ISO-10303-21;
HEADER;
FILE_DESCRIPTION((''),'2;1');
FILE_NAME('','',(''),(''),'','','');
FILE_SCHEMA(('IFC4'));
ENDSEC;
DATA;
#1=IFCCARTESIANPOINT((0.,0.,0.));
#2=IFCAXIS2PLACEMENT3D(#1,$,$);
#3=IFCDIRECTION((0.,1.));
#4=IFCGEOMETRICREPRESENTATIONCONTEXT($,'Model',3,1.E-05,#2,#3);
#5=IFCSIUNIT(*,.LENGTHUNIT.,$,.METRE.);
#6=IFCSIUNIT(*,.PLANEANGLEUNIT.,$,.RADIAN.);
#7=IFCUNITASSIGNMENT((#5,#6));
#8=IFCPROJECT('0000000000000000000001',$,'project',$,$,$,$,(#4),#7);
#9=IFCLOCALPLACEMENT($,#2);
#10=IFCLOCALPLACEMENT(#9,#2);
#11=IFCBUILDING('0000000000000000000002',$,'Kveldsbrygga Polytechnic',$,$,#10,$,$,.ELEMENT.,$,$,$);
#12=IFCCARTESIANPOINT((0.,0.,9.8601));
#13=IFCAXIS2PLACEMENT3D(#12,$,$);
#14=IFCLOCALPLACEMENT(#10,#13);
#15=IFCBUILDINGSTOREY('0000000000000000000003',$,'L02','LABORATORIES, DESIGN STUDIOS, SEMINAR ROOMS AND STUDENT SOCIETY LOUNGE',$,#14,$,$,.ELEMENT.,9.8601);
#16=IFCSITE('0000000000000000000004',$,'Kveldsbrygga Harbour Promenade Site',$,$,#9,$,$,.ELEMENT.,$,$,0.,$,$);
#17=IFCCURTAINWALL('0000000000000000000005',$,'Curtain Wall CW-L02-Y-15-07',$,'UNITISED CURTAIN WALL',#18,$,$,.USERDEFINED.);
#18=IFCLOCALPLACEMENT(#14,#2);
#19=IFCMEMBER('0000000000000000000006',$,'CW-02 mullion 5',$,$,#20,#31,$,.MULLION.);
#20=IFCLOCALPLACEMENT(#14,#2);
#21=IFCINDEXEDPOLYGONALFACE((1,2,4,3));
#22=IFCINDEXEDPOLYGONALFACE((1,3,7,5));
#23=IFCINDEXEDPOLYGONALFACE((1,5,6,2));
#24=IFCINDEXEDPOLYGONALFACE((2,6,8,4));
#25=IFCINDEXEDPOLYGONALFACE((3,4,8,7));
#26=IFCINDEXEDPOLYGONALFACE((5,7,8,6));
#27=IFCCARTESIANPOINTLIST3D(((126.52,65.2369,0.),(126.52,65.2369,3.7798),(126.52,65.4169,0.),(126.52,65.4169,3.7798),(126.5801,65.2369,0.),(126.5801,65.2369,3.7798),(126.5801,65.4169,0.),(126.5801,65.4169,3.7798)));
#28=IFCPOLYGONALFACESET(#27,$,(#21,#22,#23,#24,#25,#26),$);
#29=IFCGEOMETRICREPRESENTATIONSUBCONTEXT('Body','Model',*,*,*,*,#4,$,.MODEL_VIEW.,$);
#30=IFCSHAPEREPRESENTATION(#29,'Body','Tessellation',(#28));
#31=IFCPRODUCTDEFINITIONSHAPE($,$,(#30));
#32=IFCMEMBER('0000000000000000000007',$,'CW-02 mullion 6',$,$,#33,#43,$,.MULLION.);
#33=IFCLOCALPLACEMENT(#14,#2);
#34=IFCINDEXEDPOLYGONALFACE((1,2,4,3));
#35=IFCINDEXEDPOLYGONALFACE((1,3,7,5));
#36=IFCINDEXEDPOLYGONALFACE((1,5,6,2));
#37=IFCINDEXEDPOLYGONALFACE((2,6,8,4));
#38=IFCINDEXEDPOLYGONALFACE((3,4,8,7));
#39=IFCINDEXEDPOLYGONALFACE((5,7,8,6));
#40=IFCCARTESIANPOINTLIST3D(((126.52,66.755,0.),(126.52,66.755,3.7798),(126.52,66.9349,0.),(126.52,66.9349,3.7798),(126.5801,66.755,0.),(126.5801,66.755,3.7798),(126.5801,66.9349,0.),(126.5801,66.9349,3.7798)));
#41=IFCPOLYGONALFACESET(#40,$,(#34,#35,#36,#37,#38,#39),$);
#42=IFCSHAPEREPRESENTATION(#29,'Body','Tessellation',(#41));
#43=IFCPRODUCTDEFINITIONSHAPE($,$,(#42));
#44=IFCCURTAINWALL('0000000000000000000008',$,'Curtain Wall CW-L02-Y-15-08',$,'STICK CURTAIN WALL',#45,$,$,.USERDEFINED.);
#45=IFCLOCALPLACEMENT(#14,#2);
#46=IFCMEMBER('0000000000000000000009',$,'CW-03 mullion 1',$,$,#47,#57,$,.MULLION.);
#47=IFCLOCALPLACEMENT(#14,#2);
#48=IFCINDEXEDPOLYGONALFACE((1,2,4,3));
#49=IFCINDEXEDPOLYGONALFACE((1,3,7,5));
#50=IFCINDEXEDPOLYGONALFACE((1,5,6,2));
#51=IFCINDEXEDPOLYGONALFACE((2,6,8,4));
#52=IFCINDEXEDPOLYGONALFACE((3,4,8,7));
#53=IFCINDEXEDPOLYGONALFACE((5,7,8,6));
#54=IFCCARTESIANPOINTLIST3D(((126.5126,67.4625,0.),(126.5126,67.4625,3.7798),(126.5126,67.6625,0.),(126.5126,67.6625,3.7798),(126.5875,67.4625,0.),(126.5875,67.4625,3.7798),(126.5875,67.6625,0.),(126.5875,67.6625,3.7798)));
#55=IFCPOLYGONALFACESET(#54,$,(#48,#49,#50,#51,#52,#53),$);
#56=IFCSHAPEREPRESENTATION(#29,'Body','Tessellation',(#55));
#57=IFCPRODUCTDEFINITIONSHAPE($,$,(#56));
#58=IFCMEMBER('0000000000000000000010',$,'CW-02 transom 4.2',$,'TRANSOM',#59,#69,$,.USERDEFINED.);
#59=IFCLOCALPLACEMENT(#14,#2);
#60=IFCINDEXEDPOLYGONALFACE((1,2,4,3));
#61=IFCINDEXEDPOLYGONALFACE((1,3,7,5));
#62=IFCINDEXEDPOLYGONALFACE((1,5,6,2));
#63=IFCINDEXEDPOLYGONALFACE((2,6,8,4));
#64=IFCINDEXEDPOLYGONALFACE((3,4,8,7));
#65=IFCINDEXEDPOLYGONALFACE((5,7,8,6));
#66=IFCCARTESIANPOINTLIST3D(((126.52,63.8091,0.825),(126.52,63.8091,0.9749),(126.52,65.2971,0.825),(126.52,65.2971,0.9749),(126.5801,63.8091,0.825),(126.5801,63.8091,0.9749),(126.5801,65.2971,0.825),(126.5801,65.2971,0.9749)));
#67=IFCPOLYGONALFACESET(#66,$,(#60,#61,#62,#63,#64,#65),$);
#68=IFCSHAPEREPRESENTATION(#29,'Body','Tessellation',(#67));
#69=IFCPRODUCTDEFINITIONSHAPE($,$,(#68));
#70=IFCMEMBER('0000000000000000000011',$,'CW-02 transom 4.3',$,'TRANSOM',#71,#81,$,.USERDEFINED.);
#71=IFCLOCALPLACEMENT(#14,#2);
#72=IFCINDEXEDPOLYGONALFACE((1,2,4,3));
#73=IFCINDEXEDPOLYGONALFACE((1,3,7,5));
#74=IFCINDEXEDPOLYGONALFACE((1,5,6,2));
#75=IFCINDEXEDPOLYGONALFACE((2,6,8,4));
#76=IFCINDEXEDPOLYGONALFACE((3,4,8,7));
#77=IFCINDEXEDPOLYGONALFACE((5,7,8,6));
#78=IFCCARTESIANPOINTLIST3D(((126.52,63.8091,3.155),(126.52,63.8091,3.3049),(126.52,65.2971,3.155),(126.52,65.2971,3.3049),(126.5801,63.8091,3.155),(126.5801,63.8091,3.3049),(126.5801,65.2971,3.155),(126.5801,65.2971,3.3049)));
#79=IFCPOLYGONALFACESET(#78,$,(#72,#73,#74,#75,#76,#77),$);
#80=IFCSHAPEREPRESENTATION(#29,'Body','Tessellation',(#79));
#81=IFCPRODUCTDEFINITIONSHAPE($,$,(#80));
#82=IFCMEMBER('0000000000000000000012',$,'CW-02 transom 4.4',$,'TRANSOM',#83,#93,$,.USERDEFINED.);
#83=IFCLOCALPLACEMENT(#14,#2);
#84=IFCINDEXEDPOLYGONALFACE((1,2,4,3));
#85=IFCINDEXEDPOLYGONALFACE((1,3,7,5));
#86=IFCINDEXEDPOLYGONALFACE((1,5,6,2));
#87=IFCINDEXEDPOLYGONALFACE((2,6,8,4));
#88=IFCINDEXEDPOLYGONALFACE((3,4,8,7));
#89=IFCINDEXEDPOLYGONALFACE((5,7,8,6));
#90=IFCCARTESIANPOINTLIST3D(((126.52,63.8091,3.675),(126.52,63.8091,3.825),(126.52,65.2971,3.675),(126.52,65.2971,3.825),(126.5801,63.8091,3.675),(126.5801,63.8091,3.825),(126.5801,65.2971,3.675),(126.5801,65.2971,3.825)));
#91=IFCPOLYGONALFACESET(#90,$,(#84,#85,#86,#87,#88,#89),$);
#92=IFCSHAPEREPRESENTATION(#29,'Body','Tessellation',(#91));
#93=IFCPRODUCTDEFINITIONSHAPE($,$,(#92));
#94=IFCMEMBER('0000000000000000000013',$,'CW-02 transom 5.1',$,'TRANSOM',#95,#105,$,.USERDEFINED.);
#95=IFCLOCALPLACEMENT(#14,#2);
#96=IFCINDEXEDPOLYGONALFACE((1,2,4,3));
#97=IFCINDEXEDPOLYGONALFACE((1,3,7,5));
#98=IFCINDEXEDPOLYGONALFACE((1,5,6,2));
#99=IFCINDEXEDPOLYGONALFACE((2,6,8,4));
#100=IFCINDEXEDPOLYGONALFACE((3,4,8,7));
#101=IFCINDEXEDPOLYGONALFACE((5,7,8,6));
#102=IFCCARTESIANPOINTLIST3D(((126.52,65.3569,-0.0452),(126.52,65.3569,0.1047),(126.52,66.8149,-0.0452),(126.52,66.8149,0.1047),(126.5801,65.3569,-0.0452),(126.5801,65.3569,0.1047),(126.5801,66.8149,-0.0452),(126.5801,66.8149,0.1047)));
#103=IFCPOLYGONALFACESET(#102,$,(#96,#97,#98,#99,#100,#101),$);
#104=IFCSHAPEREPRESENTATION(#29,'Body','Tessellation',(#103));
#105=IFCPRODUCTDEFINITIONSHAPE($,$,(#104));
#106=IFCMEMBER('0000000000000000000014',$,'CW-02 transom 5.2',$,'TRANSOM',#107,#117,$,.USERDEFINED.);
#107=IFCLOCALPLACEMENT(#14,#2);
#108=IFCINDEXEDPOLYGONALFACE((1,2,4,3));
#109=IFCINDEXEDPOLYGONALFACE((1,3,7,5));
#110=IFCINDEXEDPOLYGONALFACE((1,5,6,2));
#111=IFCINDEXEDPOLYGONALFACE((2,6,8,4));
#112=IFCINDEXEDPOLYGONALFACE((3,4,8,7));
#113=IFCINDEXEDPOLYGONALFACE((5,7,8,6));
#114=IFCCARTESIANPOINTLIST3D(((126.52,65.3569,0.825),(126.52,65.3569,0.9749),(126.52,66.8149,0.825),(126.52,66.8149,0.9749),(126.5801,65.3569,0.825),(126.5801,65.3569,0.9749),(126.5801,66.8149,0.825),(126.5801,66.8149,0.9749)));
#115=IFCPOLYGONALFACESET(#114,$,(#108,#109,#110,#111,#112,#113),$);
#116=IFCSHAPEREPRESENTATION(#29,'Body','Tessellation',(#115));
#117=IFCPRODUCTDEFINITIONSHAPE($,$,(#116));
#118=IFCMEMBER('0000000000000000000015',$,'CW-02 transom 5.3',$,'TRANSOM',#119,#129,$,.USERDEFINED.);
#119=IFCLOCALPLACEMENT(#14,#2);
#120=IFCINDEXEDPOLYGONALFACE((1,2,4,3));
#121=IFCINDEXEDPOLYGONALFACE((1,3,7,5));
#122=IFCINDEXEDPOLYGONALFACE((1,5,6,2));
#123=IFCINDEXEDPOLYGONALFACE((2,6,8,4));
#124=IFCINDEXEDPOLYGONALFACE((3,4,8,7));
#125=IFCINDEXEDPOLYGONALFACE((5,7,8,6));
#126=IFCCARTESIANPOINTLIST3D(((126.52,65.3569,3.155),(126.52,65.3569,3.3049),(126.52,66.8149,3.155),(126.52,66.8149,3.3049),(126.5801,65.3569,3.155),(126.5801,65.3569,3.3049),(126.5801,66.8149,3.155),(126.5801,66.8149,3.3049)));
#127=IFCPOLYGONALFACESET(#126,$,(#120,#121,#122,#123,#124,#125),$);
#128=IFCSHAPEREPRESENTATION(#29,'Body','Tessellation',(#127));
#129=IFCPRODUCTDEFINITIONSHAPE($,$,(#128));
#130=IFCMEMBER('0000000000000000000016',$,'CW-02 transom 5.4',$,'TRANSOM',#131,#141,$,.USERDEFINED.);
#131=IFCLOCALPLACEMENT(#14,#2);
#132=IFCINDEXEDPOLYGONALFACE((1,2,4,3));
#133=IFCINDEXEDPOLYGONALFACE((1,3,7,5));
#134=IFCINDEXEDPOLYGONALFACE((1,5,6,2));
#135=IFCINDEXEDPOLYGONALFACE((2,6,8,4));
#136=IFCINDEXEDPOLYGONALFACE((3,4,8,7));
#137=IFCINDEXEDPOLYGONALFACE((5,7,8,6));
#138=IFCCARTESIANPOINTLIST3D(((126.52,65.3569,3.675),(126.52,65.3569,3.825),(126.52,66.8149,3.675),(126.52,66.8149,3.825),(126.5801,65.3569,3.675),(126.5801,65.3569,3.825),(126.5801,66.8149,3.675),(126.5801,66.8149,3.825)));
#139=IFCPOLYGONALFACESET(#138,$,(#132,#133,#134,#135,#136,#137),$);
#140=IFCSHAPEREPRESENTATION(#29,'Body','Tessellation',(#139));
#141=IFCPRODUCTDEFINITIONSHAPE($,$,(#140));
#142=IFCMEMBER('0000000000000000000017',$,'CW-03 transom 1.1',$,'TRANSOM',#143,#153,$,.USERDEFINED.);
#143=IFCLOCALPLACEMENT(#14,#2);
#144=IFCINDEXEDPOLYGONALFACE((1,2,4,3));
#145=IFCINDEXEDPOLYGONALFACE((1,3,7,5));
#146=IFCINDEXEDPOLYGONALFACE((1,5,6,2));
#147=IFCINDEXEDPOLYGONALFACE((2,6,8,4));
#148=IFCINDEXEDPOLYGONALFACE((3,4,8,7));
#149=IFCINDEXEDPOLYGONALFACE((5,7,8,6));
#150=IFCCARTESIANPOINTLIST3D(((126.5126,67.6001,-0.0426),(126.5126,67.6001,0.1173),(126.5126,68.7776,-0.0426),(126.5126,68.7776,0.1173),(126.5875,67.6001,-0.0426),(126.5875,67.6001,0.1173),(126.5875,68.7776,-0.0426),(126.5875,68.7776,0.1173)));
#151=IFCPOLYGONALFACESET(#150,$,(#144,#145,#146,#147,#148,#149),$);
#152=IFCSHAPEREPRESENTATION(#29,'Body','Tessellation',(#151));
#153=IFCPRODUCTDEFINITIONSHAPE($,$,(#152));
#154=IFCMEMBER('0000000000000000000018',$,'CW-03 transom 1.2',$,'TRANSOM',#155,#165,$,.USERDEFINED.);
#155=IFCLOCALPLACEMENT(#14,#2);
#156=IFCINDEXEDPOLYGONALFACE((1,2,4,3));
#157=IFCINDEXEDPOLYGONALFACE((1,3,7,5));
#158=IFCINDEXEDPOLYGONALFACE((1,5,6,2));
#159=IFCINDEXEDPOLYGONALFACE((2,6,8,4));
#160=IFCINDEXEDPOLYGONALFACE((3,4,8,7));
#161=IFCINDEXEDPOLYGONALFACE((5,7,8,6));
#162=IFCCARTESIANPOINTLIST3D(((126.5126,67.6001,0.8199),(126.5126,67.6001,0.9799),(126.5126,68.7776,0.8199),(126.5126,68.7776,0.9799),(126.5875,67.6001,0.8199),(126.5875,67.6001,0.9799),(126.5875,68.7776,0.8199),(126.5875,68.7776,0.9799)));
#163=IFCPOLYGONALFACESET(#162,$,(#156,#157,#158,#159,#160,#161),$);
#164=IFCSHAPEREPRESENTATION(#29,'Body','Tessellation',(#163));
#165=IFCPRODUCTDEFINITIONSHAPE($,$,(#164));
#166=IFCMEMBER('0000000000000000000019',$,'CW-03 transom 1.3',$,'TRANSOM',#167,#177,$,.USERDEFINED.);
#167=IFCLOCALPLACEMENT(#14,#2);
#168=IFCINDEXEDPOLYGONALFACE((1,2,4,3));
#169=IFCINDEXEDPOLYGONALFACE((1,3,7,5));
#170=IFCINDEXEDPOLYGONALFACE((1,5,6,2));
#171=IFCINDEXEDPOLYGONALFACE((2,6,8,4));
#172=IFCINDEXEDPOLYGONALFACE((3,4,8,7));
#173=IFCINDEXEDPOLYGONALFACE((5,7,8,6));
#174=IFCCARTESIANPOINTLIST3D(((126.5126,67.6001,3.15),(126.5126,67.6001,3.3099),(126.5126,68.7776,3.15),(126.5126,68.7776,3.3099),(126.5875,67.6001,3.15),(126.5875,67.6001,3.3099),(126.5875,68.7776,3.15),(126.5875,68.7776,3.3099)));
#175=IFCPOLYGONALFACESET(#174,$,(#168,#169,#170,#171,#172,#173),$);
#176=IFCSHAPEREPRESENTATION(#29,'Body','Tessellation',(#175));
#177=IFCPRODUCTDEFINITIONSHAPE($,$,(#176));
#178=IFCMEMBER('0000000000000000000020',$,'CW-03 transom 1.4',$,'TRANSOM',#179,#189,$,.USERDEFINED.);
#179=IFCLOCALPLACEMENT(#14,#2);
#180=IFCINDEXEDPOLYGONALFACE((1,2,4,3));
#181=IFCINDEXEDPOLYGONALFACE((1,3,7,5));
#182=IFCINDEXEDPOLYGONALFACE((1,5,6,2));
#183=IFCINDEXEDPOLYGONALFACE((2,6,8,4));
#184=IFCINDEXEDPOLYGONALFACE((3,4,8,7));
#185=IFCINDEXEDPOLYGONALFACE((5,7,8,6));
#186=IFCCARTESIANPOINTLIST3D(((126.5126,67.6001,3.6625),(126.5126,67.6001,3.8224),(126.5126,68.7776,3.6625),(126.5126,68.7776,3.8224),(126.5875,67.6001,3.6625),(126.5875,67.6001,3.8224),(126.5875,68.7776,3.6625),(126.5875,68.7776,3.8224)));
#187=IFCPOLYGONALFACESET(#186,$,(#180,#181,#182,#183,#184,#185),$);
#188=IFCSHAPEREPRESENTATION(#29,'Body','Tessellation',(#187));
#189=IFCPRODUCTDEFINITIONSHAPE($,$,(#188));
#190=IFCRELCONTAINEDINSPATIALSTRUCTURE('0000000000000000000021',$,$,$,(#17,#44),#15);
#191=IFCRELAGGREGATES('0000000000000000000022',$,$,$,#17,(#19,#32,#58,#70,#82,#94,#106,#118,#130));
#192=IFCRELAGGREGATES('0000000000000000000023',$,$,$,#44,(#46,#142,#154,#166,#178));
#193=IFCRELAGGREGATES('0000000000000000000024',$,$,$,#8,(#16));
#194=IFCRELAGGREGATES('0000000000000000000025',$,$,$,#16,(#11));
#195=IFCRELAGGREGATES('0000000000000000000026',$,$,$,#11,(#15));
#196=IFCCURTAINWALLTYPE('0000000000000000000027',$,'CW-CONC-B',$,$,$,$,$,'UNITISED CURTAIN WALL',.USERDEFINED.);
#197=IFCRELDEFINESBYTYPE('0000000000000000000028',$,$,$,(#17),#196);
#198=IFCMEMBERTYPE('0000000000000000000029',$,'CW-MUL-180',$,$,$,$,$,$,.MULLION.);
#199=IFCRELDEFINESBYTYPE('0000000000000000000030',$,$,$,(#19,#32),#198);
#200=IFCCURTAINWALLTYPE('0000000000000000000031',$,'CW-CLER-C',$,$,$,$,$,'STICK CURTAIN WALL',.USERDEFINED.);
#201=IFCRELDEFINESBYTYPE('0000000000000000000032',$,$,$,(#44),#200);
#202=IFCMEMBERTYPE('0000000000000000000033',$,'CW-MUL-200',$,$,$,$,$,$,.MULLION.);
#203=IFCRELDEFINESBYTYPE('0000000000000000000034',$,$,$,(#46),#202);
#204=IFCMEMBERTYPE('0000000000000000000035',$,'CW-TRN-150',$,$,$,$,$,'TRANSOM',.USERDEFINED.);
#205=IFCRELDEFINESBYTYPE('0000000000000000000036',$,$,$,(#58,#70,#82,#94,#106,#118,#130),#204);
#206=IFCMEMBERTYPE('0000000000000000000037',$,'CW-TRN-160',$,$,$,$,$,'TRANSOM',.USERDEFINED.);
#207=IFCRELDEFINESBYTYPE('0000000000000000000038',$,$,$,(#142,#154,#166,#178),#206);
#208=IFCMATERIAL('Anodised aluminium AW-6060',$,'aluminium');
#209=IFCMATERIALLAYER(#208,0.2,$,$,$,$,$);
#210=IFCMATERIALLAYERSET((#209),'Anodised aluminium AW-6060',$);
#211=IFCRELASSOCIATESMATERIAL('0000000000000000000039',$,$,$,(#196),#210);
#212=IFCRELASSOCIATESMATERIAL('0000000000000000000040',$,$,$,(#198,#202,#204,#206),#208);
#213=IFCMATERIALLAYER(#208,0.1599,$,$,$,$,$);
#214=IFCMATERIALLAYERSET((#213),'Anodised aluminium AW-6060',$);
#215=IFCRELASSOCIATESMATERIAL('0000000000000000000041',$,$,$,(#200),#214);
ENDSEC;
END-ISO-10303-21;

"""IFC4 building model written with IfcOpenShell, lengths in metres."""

from ifc_helpers import new_model, si_unit, direction, frame, origin, origin_2d, place, context, subcontext, project, spatial, rectangle, extrude, material, layer, layer_set, material_profile, profile_set, type_object, element, aggregate, save


model = new_model("IFC4")

# Units and contexts
model_context = context("Model", 3, precision=1e-05, world=origin(), true_north=direction((0.0, 1.0)))
body_context = subcontext(model_context, "Body", "Model", "MODEL_VIEW")
ifc_project = project(units=[si_unit("LENGTHUNIT", "METRE"), si_unit("PLANEANGLEUNIT", "RADIAN")], contexts=[model_context])

# Site, building, storey
site_placement = place(None, origin())
site = spatial("IfcSite", under=ifc_project, at=site_placement, Name="Kveldsbrygga Harbour Promenade Site", CompositionType="ELEMENT", RefElevation=0.0)
building_placement = place(site_placement, origin())
building = spatial("IfcBuilding", under=site, at=building_placement, Name="Kveldsbrygga Polytechnic", CompositionType="ELEMENT")
storey_placement = place(building_placement, frame((0.0, 0.0, 9.8601)))
storey = spatial("IfcBuildingStorey", under=building, at=storey_placement, Name="L02", Description="LABORATORIES, DESIGN STUDIOS, SEMINAR ROOMS AND STUDENT SOCIETY LOUNGE", CompositionType="ELEMENT", Elevation=9.8601)

# Curtain wall, members
ifc_material_1 = material(Name="Anodised aluminium AW-6060", Category="aluminium")
ifc_layer_1 = layer(ifc_material_1, 0.2)
ifc_layer_set_1 = layer_set([ifc_layer_1], Name="Anodised aluminium AW-6060")
curtain_wall_type_1 = type_object("IfcCurtainWallType", Name="CW-CONC-B", ElementType="UNITISED CURTAIN WALL", PredefinedType="USERDEFINED", material=ifc_layer_set_1)
curtain_wall_1_placement = place(storey_placement, origin())
curtain_wall_1 = element("IfcCurtainWall", 1, at=curtain_wall_1_placement, inside=storey, type_object=curtain_wall_type_1, Name="Curtain Wall CW-L02-Y-15-07", ObjectType="UNITISED CURTAIN WALL", PredefinedType="USERDEFINED")
ifc_material_profile_1 = material_profile(ifc_material_1, rectangle(XDim=0.0601, YDim=0.1799, at=origin_2d()), Name="ALU 60x180")
ifc_profile_set_1 = profile_set([ifc_material_profile_1], Name="Anodised aluminium AW-6060")
member_type_1 = type_object("IfcMemberType", Name="CW-MUL-180", PredefinedType="MULLION", material=ifc_profile_set_1)
member_1_placement = place(storey_placement, frame((126.55, 65.3269, 0.0), z_axis=(0.0, 0.0, 1.0), x_axis=(-1.0, 0.0, 0.0)))
member_1 = element("IfcMember", 2, at=member_1_placement, type_object=member_type_1, Name="CW-02 mullion 5", PredefinedType="MULLION", context=body_context, shape_type="SweptSolid", body=[
    extrude(rectangle(XDim=0.0601, YDim=0.1799, at=origin_2d()), origin(), (0.0, 0.0, 1.0), 3.7798),
])
member_2_placement = place(storey_placement, frame((126.55, 66.845, 0.0), z_axis=(0.0, 0.0, 1.0), x_axis=(-1.0, 0.0, 0.0)))
member_2 = element("IfcMember", 3, at=member_2_placement, type_object=member_type_1, Name="CW-02 mullion 6", PredefinedType="MULLION", context=body_context, shape_type="SweptSolid", body=[
    extrude(rectangle(XDim=0.0601, YDim=0.1799, at=origin_2d()), origin(), (0.0, 0.0, 1.0), 3.7798),
])

# Curtain wall, member
ifc_layer_2 = layer(ifc_material_1, 0.1599)
ifc_layer_set_2 = layer_set([ifc_layer_2], Name="Anodised aluminium AW-6060")
curtain_wall_type_2 = type_object("IfcCurtainWallType", Name="CW-CLER-C", ElementType="STICK CURTAIN WALL", PredefinedType="USERDEFINED", material=ifc_layer_set_2)
curtain_wall_2_placement = place(storey_placement, origin())
curtain_wall_2 = element("IfcCurtainWall", 4, at=curtain_wall_2_placement, inside=storey, type_object=curtain_wall_type_2, Name="Curtain Wall CW-L02-Y-15-08", ObjectType="STICK CURTAIN WALL", PredefinedType="USERDEFINED")
ifc_material_profile_2 = material_profile(ifc_material_1, rectangle(XDim=0.075, YDim=0.2, at=origin_2d()), Name="ALU 75x200")
ifc_profile_set_2 = profile_set([ifc_material_profile_2], Name="Anodised aluminium AW-6060")
member_type_2 = type_object("IfcMemberType", Name="CW-MUL-200", PredefinedType="MULLION", material=ifc_profile_set_2)
member_3_placement = place(storey_placement, frame((126.55, 67.5625, 0.0), z_axis=(0.0, 0.0, 1.0), x_axis=(-1.0, 0.0, 0.0)))
member_3 = element("IfcMember", 5, at=member_3_placement, type_object=member_type_2, Name="CW-03 mullion 1", PredefinedType="MULLION", context=body_context, shape_type="SweptSolid", body=[
    extrude(rectangle(XDim=0.075, YDim=0.2, at=origin_2d()), origin(), (0.0, 0.0, 1.0), 3.7798),
])

# Members
ifc_material_profile_3 = material_profile(ifc_material_1, rectangle(XDim=0.0601, YDim=0.1499, at=origin_2d()), Name="ALU 60x150")
ifc_profile_set_3 = profile_set([ifc_material_profile_3], Name="Anodised aluminium AW-6060")
member_type_3 = type_object("IfcMemberType", Name="CW-TRN-150", ElementType="TRANSOM", PredefinedType="USERDEFINED", material=ifc_profile_set_3)
member_4_placement = place(storey_placement, frame((126.55, 63.8091, 0.8999), z_axis=(0.0, 1.0, 0.0), x_axis=(-1.0, 0.0, 0.0)))
member_4 = element("IfcMember", 6, at=member_4_placement, type_object=member_type_3, Name="CW-02 transom 4.2", ObjectType="TRANSOM", PredefinedType="USERDEFINED", context=body_context, shape_type="SweptSolid", body=[
    extrude(rectangle(XDim=0.0601, YDim=0.1499, at=origin_2d()), origin(), (0.0, 0.0, 1.0), 1.488),
])
member_5_placement = place(storey_placement, frame((126.55, 63.8091, 3.23), z_axis=(0.0, 1.0, 0.0), x_axis=(-1.0, 0.0, 0.0)))
member_5 = element("IfcMember", 7, at=member_5_placement, type_object=member_type_3, Name="CW-02 transom 4.3", ObjectType="TRANSOM", PredefinedType="USERDEFINED", context=body_context, shape_type="SweptSolid", body=[
    extrude(rectangle(XDim=0.0601, YDim=0.1499, at=origin_2d()), origin(), (0.0, 0.0, 1.0), 1.488),
])
member_6_placement = place(storey_placement, frame((126.55, 63.8091, 3.75), z_axis=(0.0, 1.0, 0.0), x_axis=(-1.0, 0.0, 0.0)))
member_6 = element("IfcMember", 8, at=member_6_placement, type_object=member_type_3, Name="CW-02 transom 4.4", ObjectType="TRANSOM", PredefinedType="USERDEFINED", context=body_context, shape_type="SweptSolid", body=[
    extrude(rectangle(XDim=0.0601, YDim=0.1499, at=origin_2d()), origin(), (0.0, 0.0, 1.0), 1.488),
])
member_7_placement = place(storey_placement, frame((126.55, 65.3569, 0.0298), z_axis=(0.0, 1.0, 0.0), x_axis=(-1.0, 0.0, 0.0)))
member_7 = element("IfcMember", 9, at=member_7_placement, type_object=member_type_3, Name="CW-02 transom 5.1", ObjectType="TRANSOM", PredefinedType="USERDEFINED", context=body_context, shape_type="SweptSolid", body=[
    extrude(rectangle(XDim=0.0601, YDim=0.1499, at=origin_2d()), origin(), (0.0, 0.0, 1.0), 1.458),
])
member_8_placement = place(storey_placement, frame((126.55, 65.3569, 0.8999), z_axis=(0.0, 1.0, 0.0), x_axis=(-1.0, 0.0, 0.0)))
member_8 = element("IfcMember", 10, at=member_8_placement, type_object=member_type_3, Name="CW-02 transom 5.2", ObjectType="TRANSOM", PredefinedType="USERDEFINED", context=body_context, shape_type="SweptSolid", body=[
    extrude(rectangle(XDim=0.0601, YDim=0.1499, at=origin_2d()), origin(), (0.0, 0.0, 1.0), 1.458),
])
member_9_placement = place(storey_placement, frame((126.55, 65.3569, 3.23), z_axis=(0.0, 1.0, 0.0), x_axis=(-1.0, 0.0, 0.0)))
member_9 = element("IfcMember", 11, at=member_9_placement, type_object=member_type_3, Name="CW-02 transom 5.3", ObjectType="TRANSOM", PredefinedType="USERDEFINED", context=body_context, shape_type="SweptSolid", body=[
    extrude(rectangle(XDim=0.0601, YDim=0.1499, at=origin_2d()), origin(), (0.0, 0.0, 1.0), 1.458),
])
member_10_placement = place(storey_placement, frame((126.55, 65.3569, 3.75), z_axis=(0.0, 1.0, 0.0), x_axis=(-1.0, 0.0, 0.0)))
member_10 = element("IfcMember", 12, at=member_10_placement, type_object=member_type_3, Name="CW-02 transom 5.4", ObjectType="TRANSOM", PredefinedType="USERDEFINED", context=body_context, shape_type="SweptSolid", body=[
    extrude(rectangle(XDim=0.0601, YDim=0.1499, at=origin_2d()), origin(), (0.0, 0.0, 1.0), 1.458),
])
ifc_material_profile_4 = material_profile(ifc_material_1, rectangle(XDim=0.075, YDim=0.1599, at=origin_2d()), Name="ALU 75x160")
ifc_profile_set_4 = profile_set([ifc_material_profile_4], Name="Anodised aluminium AW-6060")
member_type_4 = type_object("IfcMemberType", Name="CW-TRN-160", ElementType="TRANSOM", PredefinedType="USERDEFINED", material=ifc_profile_set_4)
member_11_placement = place(storey_placement, frame((126.55, 67.6001, 0.0374), z_axis=(0.0, 1.0, 0.0), x_axis=(-1.0, 0.0, 0.0)))
member_11 = element("IfcMember", 13, at=member_11_placement, type_object=member_type_4, Name="CW-03 transom 1.1", ObjectType="TRANSOM", PredefinedType="USERDEFINED", context=body_context, shape_type="SweptSolid", body=[
    extrude(rectangle(XDim=0.075, YDim=0.1599, at=origin_2d()), origin(), (0.0, 0.0, 1.0), 1.1775),
])
member_12_placement = place(storey_placement, frame((126.55, 67.6001, 0.8999), z_axis=(0.0, 1.0, 0.0), x_axis=(-1.0, 0.0, 0.0)))
member_12 = element("IfcMember", 14, at=member_12_placement, type_object=member_type_4, Name="CW-03 transom 1.2", ObjectType="TRANSOM", PredefinedType="USERDEFINED", context=body_context, shape_type="SweptSolid", body=[
    extrude(rectangle(XDim=0.075, YDim=0.1599, at=origin_2d()), origin(), (0.0, 0.0, 1.0), 1.1775),
])
member_13_placement = place(storey_placement, frame((126.55, 67.6001, 3.23), z_axis=(0.0, 1.0, 0.0), x_axis=(-1.0, 0.0, 0.0)))
member_13 = element("IfcMember", 15, at=member_13_placement, type_object=member_type_4, Name="CW-03 transom 1.3", ObjectType="TRANSOM", PredefinedType="USERDEFINED", context=body_context, shape_type="SweptSolid", body=[
    extrude(rectangle(XDim=0.075, YDim=0.1599, at=origin_2d()), origin(), (0.0, 0.0, 1.0), 1.1775),
])
member_14_placement = place(storey_placement, frame((126.55, 67.6001, 3.7424), z_axis=(0.0, 1.0, 0.0), x_axis=(-1.0, 0.0, 0.0)))
member_14 = element("IfcMember", 16, at=member_14_placement, type_object=member_type_4, Name="CW-03 transom 1.4", ObjectType="TRANSOM", PredefinedType="USERDEFINED", context=body_context, shape_type="SweptSolid", body=[
    extrude(rectangle(XDim=0.075, YDim=0.1599, at=origin_2d()), origin(), (0.0, 0.0, 1.0), 1.1775),
])

aggregate(curtain_wall_1, [member_1, member_2, member_4, member_5, member_6, member_7, member_8, member_9, member_10])
aggregate(curtain_wall_2, [member_3, member_11, member_12, member_13, member_14])

save(model, "model.ifc")
